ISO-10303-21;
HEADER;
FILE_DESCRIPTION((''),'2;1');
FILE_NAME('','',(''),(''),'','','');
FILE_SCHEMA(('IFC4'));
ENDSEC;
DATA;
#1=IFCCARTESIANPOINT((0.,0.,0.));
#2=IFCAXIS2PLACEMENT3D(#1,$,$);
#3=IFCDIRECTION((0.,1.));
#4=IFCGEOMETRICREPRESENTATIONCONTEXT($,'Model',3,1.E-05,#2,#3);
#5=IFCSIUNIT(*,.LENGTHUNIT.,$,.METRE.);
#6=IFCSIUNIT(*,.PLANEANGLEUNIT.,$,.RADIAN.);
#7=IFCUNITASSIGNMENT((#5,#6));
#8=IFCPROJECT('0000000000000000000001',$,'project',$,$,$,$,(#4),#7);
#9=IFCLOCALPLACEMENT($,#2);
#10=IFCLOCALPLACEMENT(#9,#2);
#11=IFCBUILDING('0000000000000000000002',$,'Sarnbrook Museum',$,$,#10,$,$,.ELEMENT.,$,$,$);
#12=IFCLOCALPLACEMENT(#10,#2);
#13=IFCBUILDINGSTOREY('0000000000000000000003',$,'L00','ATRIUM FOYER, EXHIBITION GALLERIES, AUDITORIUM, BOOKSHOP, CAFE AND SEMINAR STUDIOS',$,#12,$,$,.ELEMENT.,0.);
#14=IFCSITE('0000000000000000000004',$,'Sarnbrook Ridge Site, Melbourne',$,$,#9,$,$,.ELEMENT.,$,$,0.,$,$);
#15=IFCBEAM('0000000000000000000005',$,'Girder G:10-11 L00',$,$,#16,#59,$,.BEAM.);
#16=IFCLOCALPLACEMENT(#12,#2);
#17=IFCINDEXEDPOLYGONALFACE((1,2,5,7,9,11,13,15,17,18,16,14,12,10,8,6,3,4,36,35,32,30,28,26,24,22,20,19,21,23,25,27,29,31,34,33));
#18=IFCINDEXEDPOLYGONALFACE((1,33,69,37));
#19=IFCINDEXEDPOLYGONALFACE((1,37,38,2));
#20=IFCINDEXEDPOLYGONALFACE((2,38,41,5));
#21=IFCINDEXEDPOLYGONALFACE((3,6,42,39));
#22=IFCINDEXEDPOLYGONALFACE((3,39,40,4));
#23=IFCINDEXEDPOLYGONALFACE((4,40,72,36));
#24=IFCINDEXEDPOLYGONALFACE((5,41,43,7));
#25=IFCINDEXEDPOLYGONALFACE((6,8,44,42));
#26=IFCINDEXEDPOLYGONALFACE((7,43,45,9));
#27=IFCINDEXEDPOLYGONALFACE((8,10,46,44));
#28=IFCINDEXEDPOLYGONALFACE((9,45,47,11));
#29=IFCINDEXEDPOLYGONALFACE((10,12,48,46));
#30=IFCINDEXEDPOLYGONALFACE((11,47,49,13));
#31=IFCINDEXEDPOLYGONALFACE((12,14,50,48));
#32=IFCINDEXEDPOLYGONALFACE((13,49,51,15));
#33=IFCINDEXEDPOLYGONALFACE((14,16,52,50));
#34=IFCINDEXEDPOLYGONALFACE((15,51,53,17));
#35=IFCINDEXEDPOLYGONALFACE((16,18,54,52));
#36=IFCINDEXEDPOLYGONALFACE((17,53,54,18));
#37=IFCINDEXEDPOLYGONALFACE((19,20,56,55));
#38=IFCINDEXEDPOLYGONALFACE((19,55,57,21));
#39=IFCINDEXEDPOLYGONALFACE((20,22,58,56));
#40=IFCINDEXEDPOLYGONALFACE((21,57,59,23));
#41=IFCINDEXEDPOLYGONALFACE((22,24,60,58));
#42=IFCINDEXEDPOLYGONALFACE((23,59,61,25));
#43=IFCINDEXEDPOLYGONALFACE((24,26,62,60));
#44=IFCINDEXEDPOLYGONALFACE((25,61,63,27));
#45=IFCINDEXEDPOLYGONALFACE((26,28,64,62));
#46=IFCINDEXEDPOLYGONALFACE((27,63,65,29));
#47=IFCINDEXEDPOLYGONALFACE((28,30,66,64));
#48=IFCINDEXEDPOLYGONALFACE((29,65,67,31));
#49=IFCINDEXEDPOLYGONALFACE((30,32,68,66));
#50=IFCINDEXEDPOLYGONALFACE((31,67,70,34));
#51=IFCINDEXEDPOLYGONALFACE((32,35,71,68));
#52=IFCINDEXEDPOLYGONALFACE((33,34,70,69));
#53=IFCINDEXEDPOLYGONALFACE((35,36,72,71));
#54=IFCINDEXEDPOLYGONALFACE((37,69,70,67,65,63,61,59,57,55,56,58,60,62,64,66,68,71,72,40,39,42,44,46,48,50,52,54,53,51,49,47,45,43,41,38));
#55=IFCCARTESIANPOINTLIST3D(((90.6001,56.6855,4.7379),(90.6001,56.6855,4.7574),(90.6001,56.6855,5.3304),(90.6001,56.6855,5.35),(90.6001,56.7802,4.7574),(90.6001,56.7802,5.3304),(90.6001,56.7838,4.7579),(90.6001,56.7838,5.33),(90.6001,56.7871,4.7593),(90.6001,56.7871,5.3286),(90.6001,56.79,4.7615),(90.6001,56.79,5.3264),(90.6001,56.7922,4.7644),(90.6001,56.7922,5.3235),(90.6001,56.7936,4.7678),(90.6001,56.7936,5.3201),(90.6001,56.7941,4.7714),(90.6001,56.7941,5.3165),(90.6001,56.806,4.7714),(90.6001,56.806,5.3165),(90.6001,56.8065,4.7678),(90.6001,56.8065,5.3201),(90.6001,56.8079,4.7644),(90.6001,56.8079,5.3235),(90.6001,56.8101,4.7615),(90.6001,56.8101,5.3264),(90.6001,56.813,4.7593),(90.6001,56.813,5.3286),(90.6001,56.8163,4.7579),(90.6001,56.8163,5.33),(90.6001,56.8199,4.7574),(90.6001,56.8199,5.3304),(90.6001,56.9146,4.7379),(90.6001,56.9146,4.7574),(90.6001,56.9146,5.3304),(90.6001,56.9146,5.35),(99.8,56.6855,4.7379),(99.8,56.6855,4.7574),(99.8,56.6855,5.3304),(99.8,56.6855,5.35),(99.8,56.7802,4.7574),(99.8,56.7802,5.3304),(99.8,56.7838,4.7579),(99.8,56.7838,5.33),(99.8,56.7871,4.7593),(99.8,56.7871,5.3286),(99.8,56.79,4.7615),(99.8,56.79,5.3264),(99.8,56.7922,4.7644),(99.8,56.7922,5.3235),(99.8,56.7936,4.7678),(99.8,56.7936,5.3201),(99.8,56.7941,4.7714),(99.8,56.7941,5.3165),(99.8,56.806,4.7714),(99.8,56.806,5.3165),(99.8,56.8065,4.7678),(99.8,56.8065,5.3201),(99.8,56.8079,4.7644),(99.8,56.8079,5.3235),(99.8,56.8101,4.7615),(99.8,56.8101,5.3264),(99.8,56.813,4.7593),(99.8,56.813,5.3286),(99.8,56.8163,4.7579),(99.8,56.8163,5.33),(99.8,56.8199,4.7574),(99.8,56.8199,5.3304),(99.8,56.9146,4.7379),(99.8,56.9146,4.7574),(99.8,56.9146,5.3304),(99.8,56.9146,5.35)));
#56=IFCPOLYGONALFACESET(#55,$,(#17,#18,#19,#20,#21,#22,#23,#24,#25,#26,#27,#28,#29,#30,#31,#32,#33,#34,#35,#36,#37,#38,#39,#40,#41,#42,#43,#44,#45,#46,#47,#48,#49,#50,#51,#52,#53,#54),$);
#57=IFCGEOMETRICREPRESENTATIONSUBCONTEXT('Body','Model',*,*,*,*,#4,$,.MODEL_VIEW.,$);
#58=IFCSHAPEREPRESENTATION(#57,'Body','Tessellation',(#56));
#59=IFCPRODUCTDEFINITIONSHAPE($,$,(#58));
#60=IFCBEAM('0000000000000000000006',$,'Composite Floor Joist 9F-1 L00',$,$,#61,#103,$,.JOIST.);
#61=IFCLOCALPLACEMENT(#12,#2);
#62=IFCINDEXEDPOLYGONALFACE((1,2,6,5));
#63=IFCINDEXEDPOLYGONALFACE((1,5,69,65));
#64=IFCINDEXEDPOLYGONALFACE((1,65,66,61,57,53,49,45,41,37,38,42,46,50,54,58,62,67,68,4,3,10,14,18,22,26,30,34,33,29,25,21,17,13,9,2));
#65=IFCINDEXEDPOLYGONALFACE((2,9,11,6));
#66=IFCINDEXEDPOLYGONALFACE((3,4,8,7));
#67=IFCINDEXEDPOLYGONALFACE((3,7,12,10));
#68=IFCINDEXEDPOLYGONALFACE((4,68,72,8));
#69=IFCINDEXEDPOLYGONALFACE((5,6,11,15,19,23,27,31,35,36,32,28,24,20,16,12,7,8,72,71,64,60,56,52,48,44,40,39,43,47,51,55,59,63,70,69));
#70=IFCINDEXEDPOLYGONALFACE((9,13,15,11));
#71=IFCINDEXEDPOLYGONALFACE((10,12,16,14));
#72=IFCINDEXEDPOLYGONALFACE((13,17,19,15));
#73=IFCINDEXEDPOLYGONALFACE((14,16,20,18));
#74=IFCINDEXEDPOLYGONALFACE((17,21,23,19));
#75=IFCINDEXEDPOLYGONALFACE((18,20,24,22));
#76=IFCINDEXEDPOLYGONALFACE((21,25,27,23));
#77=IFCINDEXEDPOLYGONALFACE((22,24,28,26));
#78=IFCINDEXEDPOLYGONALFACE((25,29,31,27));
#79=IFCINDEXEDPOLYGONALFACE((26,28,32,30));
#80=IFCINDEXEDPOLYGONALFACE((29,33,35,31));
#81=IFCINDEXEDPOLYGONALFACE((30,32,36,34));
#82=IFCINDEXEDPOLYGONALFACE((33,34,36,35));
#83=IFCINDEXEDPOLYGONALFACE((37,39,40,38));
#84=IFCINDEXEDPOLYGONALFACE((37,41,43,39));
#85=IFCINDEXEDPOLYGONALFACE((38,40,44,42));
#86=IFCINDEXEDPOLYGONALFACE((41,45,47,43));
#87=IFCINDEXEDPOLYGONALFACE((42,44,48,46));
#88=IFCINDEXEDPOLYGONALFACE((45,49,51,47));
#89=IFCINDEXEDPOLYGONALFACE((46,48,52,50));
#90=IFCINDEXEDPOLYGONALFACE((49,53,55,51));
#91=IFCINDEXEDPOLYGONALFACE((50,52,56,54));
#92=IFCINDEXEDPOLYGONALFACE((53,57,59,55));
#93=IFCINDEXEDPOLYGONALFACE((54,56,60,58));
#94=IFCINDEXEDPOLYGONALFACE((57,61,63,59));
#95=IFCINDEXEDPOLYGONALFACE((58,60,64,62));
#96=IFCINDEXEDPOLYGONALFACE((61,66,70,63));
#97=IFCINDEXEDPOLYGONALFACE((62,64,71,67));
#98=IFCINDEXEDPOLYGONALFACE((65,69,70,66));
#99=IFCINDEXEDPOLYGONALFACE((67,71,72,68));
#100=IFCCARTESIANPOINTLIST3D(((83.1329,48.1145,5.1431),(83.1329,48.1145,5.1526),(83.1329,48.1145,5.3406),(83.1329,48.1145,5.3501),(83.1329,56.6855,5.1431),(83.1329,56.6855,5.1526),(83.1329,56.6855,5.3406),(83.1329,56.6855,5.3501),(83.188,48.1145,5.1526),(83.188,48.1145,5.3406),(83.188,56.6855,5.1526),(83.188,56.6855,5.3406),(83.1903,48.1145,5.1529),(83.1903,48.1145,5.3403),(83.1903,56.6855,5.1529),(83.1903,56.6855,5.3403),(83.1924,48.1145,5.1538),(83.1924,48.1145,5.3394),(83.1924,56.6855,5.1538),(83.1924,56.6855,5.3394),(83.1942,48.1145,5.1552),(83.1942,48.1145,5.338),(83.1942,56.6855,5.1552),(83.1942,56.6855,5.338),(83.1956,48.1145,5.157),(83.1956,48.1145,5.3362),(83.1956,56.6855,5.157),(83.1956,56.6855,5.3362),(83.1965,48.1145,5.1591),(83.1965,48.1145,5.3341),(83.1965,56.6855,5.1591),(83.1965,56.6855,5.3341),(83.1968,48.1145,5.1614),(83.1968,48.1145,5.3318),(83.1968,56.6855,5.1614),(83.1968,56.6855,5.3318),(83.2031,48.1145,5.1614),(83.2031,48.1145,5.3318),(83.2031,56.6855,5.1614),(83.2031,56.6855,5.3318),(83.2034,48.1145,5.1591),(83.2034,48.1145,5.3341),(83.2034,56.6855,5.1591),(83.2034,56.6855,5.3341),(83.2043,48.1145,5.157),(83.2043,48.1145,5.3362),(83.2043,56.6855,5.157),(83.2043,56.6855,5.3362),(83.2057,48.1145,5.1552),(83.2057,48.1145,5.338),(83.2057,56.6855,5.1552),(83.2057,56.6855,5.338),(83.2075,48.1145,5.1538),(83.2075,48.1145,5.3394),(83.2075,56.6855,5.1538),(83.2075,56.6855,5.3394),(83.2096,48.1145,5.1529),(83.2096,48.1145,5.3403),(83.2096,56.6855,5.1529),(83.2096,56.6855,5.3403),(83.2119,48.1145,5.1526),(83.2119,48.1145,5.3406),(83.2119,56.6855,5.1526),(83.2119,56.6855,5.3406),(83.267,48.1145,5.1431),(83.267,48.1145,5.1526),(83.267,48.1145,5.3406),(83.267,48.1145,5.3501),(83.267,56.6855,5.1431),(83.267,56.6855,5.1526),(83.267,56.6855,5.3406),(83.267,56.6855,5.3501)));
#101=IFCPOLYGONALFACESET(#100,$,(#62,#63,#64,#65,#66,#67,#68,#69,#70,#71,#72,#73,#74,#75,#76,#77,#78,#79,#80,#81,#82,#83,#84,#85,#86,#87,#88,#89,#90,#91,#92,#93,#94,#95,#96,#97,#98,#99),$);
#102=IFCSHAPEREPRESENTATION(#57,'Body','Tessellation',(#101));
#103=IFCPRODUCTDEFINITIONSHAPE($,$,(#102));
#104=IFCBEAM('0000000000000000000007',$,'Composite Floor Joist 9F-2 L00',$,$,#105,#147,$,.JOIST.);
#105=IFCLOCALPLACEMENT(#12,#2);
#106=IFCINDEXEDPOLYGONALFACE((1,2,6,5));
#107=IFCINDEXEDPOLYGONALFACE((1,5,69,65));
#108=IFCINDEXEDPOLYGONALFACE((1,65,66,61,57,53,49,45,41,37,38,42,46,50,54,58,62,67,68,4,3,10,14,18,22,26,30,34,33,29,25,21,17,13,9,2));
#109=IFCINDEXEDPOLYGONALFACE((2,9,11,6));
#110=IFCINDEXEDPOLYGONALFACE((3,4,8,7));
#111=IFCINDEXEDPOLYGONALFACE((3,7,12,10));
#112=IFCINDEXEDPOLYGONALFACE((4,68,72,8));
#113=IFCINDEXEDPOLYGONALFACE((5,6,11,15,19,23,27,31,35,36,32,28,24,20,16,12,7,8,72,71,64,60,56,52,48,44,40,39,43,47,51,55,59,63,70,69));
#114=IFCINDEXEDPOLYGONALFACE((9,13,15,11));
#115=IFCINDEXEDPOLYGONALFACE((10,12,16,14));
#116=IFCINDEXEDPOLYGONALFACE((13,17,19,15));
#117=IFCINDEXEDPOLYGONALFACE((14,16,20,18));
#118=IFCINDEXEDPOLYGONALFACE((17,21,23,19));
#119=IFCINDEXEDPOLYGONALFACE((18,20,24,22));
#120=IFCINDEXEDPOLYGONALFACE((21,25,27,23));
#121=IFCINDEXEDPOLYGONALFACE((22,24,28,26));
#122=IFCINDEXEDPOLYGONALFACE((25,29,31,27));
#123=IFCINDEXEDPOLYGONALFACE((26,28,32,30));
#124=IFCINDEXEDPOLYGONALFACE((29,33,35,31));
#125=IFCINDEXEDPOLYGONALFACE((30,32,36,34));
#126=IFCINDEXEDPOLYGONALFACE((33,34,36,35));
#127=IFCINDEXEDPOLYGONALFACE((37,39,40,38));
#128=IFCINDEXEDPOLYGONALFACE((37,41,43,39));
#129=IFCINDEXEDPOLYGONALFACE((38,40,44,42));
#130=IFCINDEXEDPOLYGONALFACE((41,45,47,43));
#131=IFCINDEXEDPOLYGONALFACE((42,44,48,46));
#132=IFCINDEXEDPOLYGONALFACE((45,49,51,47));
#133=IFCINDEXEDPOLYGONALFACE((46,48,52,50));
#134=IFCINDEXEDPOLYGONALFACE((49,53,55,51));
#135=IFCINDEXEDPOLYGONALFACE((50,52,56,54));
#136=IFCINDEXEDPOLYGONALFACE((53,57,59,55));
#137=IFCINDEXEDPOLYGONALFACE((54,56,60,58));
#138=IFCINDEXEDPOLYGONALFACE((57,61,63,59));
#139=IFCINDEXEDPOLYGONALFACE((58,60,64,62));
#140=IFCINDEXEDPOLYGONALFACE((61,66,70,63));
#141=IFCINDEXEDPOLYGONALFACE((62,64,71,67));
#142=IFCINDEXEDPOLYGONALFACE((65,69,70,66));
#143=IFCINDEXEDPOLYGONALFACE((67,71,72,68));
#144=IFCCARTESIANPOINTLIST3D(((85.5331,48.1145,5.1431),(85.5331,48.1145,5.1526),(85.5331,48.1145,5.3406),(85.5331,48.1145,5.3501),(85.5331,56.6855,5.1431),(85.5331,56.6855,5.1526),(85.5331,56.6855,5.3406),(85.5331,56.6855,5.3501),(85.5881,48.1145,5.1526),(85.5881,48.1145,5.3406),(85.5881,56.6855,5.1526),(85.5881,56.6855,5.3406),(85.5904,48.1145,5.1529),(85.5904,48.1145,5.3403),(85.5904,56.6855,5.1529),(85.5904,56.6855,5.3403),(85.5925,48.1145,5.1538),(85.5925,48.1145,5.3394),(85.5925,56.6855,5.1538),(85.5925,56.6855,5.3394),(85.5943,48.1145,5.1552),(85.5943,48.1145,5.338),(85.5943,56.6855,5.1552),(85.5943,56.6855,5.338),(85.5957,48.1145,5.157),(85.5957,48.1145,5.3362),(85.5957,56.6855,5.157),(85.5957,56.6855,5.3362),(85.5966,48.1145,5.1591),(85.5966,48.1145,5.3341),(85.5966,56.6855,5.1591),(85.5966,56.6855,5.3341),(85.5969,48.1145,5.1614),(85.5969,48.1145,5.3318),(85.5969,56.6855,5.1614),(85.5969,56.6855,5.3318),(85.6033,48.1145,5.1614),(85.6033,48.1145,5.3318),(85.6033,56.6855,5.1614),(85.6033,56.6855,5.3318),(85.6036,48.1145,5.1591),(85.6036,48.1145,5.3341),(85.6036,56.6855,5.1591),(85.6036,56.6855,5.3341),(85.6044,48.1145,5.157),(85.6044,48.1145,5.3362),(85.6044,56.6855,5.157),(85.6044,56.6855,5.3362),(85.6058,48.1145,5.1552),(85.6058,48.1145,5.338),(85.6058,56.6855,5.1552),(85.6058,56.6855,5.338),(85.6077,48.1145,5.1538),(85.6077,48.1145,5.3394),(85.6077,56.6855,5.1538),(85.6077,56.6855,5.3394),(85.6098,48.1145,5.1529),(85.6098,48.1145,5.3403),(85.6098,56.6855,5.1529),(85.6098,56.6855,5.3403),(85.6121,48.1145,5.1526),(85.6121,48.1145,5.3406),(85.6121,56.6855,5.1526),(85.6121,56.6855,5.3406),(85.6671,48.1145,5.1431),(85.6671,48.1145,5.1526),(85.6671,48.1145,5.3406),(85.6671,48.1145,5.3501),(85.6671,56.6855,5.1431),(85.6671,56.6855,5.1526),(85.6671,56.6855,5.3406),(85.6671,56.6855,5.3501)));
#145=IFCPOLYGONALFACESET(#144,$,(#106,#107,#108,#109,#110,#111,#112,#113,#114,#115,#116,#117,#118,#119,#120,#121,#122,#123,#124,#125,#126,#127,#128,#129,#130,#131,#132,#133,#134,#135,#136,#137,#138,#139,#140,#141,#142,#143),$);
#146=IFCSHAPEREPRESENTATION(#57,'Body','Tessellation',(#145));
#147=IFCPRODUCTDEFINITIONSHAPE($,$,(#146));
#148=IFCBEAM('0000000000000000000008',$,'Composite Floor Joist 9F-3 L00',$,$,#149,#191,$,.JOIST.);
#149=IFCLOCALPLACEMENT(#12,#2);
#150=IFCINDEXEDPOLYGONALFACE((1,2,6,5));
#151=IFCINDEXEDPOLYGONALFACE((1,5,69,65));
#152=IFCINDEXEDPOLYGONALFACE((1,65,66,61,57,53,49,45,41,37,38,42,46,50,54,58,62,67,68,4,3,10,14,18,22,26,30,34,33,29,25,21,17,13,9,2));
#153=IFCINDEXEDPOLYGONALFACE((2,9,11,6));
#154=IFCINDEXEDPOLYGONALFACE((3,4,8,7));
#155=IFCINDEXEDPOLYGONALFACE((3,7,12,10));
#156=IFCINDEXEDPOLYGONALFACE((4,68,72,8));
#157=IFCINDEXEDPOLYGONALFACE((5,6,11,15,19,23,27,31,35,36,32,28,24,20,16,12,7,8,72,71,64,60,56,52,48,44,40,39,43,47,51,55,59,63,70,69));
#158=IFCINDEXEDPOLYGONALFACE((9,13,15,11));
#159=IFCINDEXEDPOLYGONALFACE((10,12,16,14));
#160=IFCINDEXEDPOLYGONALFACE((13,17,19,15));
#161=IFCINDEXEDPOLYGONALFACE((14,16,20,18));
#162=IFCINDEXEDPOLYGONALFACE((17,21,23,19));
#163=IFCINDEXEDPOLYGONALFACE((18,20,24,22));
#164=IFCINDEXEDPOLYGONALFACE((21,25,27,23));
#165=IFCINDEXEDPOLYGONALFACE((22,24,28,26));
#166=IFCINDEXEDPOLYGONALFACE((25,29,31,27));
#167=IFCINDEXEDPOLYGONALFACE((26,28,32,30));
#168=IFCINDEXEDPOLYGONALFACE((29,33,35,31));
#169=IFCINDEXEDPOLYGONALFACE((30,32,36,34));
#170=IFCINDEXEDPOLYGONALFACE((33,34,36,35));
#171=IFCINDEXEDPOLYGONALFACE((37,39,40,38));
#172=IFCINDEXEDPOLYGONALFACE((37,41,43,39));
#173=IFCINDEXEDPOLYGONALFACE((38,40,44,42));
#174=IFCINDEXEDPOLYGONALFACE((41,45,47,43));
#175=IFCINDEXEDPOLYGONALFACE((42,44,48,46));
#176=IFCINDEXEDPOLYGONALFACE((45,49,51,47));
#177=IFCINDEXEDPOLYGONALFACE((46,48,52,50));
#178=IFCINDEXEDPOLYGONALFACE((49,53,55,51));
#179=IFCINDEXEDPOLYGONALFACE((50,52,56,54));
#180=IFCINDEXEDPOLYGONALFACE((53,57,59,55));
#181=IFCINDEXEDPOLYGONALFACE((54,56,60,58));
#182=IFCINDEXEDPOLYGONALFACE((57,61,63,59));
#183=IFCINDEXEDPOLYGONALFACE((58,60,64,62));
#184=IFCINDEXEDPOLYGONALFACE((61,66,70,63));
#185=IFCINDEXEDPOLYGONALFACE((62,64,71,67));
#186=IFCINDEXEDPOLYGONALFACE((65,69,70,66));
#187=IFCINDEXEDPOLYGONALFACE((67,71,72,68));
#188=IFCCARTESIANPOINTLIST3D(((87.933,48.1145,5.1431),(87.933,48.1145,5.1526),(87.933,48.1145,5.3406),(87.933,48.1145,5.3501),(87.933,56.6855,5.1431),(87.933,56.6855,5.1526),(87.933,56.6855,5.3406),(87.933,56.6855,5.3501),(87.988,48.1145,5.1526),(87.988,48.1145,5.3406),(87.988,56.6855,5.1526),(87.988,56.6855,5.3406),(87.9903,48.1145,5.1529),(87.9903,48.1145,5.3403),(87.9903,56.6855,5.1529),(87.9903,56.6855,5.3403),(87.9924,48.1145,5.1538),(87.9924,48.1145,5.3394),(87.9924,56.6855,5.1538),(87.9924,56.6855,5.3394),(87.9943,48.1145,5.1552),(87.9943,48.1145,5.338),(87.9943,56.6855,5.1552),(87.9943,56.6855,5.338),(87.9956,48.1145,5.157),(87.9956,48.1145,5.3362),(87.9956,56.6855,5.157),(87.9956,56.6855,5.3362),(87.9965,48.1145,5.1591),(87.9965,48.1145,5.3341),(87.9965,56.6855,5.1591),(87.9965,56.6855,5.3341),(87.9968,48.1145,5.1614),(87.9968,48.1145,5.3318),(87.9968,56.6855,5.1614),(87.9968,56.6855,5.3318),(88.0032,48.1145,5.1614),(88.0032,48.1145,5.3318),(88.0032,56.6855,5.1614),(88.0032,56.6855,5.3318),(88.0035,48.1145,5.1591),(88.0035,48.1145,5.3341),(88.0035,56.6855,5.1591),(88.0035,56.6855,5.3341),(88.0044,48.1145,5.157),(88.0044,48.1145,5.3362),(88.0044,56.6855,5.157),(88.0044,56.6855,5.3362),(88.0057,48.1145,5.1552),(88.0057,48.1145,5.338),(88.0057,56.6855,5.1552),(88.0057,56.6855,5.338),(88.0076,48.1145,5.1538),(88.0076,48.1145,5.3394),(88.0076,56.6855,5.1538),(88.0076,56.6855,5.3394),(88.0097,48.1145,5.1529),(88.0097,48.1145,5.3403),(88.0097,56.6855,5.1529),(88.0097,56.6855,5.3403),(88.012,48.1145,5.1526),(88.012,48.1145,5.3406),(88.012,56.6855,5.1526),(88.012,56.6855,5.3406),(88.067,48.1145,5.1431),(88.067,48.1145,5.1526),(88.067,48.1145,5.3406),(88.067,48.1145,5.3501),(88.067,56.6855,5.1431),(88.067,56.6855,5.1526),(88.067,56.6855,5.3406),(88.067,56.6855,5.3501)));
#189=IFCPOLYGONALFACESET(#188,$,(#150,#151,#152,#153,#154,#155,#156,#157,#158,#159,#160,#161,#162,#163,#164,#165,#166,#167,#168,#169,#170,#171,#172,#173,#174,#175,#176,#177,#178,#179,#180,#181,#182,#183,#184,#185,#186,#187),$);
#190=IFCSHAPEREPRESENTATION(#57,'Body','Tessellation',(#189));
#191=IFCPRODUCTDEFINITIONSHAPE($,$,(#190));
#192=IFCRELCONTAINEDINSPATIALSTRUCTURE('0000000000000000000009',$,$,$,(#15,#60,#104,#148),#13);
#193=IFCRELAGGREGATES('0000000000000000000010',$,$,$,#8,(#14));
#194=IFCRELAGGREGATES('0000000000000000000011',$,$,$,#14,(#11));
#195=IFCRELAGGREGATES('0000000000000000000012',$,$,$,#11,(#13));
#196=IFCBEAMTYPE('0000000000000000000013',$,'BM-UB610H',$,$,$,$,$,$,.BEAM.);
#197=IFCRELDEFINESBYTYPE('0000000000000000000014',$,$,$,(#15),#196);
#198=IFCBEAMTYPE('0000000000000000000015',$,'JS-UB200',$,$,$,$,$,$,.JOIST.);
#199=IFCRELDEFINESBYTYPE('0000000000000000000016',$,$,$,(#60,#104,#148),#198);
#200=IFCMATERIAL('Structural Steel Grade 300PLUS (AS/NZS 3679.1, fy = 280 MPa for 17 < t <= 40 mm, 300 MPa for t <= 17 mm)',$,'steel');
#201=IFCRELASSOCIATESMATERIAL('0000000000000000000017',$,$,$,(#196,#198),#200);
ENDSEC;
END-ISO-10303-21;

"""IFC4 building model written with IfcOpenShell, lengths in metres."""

from ifc_helpers import new_model, si_unit, direction, frame, origin, origin_2d, place, context, subcontext, project, spatial, i_section, extrude, material, material_profile, profile_set, type_object, element, save


model = new_model("IFC4")

# Units and contexts
model_context = context("Model", 3, precision=1e-05, world=origin(), true_north=direction((0.0, 1.0)))
body_context = subcontext(model_context, "Body", "Model", "MODEL_VIEW")
ifc_project = project(units=[si_unit("LENGTHUNIT", "METRE"), si_unit("PLANEANGLEUNIT", "RADIAN")], contexts=[model_context])

# Site, building, storey
site_placement = place(None, origin())
site = spatial("IfcSite", under=ifc_project, at=site_placement, Name="Sarnbrook Ridge Site, Melbourne", CompositionType="ELEMENT", RefElevation=0.0)
building_placement = place(site_placement, origin())
building = spatial("IfcBuilding", under=site, at=building_placement, Name="Sarnbrook Museum", CompositionType="ELEMENT")
storey_placement = place(building_placement, origin())
storey = spatial("IfcBuildingStorey", under=building, at=storey_placement, Name="L00", Description="ATRIUM FOYER, EXHIBITION GALLERIES, AUDITORIUM, BOOKSHOP, CAFE AND SEMINAR STUDIOS", CompositionType="ELEMENT", Elevation=0.0)

# Shared definitions
ifc_material_1 = material(Name="Structural Steel Grade 300PLUS (AS/NZS 3679.1, fy = 280 MPa for 17 < t <= 40 mm, 300 MPa for t <= 17 mm)", Category="steel")

# Beams
ifc_material_profile_1 = material_profile(ifc_material_1, i_section(OverallWidth=0.229, OverallDepth=0.6121, WebThickness=0.012, FlangeThickness=0.0195, FilletRadius=0.0139, at=origin_2d()), Name="610UB125")
ifc_profile_set_1 = profile_set([ifc_material_profile_1], Name="Structural Steel Grade 300PLUS (AS/NZS 3679.1, fy = 280 MPa for 17 < t <= 40 mm, 300 MPa for t <= 17 mm)")
beam_type_1 = type_object("IfcBeamType", Name="BM-UB610H", PredefinedType="BEAM", material=ifc_profile_set_1)
for number, where, z_axis, x_axis, name in (
    (1, (90.6001, 56.8, 5.0439), (1.0, 0.0, 0.0), (0.0, 1.0, 0.0), "Girder G:10-11 L00"),
):
    element("IfcBeam", number, at=place(storey_placement, frame(where, z_axis=z_axis, x_axis=x_axis)), inside=storey, type_object=beam_type_1, Name=name, PredefinedType="BEAM", context=body_context, shape_type="SweptSolid", body=[
        extrude(i_section(OverallWidth=0.229, OverallDepth=0.6121, WebThickness=0.012, FlangeThickness=0.0195, FilletRadius=0.0139, at=origin_2d()), origin(), (0.0, 0.0, 1.0), 9.2),
    ])
ifc_material_profile_2 = material_profile(ifc_material_1, i_section(OverallWidth=0.134, OverallDepth=0.207, WebThickness=0.0063, FlangeThickness=0.0095, FilletRadius=0.0088, at=origin_2d()), Name="200UB29.8")
ifc_profile_set_2 = profile_set([ifc_material_profile_2], Name="Structural Steel Grade 300PLUS (AS/NZS 3679.1, fy = 280 MPa for 17 < t <= 40 mm, 300 MPa for t <= 17 mm)")
beam_type_2 = type_object("IfcBeamType", Name="JS-UB200", PredefinedType="JOIST", material=ifc_profile_set_2)
for number, where, z_axis, x_axis, name in (
    (2, (83.2, 48.1145, 5.2466), (0.0, 1.0, 0.0), (-1.0, 0.0, 0.0), "Composite Floor Joist 9F-1 L00"),
    (3, (85.6001, 48.1145, 5.2466), (0.0, 1.0, 0.0), (-1.0, 0.0, 0.0), "Composite Floor Joist 9F-2 L00"),
    (4, (88.0, 48.1145, 5.2466), (0.0, 1.0, 0.0), (-1.0, 0.0, 0.0), "Composite Floor Joist 9F-3 L00"),
):
    element("IfcBeam", number, at=place(storey_placement, frame(where, z_axis=z_axis, x_axis=x_axis)), inside=storey, type_object=beam_type_2, Name=name, PredefinedType="JOIST", context=body_context, shape_type="SweptSolid", body=[
        extrude(i_section(OverallWidth=0.134, OverallDepth=0.207, WebThickness=0.0063, FlangeThickness=0.0095, FilletRadius=0.0088, at=origin_2d()), origin(), (0.0, 0.0, 1.0), 8.571),
    ])

save(model, "model.ifc")
